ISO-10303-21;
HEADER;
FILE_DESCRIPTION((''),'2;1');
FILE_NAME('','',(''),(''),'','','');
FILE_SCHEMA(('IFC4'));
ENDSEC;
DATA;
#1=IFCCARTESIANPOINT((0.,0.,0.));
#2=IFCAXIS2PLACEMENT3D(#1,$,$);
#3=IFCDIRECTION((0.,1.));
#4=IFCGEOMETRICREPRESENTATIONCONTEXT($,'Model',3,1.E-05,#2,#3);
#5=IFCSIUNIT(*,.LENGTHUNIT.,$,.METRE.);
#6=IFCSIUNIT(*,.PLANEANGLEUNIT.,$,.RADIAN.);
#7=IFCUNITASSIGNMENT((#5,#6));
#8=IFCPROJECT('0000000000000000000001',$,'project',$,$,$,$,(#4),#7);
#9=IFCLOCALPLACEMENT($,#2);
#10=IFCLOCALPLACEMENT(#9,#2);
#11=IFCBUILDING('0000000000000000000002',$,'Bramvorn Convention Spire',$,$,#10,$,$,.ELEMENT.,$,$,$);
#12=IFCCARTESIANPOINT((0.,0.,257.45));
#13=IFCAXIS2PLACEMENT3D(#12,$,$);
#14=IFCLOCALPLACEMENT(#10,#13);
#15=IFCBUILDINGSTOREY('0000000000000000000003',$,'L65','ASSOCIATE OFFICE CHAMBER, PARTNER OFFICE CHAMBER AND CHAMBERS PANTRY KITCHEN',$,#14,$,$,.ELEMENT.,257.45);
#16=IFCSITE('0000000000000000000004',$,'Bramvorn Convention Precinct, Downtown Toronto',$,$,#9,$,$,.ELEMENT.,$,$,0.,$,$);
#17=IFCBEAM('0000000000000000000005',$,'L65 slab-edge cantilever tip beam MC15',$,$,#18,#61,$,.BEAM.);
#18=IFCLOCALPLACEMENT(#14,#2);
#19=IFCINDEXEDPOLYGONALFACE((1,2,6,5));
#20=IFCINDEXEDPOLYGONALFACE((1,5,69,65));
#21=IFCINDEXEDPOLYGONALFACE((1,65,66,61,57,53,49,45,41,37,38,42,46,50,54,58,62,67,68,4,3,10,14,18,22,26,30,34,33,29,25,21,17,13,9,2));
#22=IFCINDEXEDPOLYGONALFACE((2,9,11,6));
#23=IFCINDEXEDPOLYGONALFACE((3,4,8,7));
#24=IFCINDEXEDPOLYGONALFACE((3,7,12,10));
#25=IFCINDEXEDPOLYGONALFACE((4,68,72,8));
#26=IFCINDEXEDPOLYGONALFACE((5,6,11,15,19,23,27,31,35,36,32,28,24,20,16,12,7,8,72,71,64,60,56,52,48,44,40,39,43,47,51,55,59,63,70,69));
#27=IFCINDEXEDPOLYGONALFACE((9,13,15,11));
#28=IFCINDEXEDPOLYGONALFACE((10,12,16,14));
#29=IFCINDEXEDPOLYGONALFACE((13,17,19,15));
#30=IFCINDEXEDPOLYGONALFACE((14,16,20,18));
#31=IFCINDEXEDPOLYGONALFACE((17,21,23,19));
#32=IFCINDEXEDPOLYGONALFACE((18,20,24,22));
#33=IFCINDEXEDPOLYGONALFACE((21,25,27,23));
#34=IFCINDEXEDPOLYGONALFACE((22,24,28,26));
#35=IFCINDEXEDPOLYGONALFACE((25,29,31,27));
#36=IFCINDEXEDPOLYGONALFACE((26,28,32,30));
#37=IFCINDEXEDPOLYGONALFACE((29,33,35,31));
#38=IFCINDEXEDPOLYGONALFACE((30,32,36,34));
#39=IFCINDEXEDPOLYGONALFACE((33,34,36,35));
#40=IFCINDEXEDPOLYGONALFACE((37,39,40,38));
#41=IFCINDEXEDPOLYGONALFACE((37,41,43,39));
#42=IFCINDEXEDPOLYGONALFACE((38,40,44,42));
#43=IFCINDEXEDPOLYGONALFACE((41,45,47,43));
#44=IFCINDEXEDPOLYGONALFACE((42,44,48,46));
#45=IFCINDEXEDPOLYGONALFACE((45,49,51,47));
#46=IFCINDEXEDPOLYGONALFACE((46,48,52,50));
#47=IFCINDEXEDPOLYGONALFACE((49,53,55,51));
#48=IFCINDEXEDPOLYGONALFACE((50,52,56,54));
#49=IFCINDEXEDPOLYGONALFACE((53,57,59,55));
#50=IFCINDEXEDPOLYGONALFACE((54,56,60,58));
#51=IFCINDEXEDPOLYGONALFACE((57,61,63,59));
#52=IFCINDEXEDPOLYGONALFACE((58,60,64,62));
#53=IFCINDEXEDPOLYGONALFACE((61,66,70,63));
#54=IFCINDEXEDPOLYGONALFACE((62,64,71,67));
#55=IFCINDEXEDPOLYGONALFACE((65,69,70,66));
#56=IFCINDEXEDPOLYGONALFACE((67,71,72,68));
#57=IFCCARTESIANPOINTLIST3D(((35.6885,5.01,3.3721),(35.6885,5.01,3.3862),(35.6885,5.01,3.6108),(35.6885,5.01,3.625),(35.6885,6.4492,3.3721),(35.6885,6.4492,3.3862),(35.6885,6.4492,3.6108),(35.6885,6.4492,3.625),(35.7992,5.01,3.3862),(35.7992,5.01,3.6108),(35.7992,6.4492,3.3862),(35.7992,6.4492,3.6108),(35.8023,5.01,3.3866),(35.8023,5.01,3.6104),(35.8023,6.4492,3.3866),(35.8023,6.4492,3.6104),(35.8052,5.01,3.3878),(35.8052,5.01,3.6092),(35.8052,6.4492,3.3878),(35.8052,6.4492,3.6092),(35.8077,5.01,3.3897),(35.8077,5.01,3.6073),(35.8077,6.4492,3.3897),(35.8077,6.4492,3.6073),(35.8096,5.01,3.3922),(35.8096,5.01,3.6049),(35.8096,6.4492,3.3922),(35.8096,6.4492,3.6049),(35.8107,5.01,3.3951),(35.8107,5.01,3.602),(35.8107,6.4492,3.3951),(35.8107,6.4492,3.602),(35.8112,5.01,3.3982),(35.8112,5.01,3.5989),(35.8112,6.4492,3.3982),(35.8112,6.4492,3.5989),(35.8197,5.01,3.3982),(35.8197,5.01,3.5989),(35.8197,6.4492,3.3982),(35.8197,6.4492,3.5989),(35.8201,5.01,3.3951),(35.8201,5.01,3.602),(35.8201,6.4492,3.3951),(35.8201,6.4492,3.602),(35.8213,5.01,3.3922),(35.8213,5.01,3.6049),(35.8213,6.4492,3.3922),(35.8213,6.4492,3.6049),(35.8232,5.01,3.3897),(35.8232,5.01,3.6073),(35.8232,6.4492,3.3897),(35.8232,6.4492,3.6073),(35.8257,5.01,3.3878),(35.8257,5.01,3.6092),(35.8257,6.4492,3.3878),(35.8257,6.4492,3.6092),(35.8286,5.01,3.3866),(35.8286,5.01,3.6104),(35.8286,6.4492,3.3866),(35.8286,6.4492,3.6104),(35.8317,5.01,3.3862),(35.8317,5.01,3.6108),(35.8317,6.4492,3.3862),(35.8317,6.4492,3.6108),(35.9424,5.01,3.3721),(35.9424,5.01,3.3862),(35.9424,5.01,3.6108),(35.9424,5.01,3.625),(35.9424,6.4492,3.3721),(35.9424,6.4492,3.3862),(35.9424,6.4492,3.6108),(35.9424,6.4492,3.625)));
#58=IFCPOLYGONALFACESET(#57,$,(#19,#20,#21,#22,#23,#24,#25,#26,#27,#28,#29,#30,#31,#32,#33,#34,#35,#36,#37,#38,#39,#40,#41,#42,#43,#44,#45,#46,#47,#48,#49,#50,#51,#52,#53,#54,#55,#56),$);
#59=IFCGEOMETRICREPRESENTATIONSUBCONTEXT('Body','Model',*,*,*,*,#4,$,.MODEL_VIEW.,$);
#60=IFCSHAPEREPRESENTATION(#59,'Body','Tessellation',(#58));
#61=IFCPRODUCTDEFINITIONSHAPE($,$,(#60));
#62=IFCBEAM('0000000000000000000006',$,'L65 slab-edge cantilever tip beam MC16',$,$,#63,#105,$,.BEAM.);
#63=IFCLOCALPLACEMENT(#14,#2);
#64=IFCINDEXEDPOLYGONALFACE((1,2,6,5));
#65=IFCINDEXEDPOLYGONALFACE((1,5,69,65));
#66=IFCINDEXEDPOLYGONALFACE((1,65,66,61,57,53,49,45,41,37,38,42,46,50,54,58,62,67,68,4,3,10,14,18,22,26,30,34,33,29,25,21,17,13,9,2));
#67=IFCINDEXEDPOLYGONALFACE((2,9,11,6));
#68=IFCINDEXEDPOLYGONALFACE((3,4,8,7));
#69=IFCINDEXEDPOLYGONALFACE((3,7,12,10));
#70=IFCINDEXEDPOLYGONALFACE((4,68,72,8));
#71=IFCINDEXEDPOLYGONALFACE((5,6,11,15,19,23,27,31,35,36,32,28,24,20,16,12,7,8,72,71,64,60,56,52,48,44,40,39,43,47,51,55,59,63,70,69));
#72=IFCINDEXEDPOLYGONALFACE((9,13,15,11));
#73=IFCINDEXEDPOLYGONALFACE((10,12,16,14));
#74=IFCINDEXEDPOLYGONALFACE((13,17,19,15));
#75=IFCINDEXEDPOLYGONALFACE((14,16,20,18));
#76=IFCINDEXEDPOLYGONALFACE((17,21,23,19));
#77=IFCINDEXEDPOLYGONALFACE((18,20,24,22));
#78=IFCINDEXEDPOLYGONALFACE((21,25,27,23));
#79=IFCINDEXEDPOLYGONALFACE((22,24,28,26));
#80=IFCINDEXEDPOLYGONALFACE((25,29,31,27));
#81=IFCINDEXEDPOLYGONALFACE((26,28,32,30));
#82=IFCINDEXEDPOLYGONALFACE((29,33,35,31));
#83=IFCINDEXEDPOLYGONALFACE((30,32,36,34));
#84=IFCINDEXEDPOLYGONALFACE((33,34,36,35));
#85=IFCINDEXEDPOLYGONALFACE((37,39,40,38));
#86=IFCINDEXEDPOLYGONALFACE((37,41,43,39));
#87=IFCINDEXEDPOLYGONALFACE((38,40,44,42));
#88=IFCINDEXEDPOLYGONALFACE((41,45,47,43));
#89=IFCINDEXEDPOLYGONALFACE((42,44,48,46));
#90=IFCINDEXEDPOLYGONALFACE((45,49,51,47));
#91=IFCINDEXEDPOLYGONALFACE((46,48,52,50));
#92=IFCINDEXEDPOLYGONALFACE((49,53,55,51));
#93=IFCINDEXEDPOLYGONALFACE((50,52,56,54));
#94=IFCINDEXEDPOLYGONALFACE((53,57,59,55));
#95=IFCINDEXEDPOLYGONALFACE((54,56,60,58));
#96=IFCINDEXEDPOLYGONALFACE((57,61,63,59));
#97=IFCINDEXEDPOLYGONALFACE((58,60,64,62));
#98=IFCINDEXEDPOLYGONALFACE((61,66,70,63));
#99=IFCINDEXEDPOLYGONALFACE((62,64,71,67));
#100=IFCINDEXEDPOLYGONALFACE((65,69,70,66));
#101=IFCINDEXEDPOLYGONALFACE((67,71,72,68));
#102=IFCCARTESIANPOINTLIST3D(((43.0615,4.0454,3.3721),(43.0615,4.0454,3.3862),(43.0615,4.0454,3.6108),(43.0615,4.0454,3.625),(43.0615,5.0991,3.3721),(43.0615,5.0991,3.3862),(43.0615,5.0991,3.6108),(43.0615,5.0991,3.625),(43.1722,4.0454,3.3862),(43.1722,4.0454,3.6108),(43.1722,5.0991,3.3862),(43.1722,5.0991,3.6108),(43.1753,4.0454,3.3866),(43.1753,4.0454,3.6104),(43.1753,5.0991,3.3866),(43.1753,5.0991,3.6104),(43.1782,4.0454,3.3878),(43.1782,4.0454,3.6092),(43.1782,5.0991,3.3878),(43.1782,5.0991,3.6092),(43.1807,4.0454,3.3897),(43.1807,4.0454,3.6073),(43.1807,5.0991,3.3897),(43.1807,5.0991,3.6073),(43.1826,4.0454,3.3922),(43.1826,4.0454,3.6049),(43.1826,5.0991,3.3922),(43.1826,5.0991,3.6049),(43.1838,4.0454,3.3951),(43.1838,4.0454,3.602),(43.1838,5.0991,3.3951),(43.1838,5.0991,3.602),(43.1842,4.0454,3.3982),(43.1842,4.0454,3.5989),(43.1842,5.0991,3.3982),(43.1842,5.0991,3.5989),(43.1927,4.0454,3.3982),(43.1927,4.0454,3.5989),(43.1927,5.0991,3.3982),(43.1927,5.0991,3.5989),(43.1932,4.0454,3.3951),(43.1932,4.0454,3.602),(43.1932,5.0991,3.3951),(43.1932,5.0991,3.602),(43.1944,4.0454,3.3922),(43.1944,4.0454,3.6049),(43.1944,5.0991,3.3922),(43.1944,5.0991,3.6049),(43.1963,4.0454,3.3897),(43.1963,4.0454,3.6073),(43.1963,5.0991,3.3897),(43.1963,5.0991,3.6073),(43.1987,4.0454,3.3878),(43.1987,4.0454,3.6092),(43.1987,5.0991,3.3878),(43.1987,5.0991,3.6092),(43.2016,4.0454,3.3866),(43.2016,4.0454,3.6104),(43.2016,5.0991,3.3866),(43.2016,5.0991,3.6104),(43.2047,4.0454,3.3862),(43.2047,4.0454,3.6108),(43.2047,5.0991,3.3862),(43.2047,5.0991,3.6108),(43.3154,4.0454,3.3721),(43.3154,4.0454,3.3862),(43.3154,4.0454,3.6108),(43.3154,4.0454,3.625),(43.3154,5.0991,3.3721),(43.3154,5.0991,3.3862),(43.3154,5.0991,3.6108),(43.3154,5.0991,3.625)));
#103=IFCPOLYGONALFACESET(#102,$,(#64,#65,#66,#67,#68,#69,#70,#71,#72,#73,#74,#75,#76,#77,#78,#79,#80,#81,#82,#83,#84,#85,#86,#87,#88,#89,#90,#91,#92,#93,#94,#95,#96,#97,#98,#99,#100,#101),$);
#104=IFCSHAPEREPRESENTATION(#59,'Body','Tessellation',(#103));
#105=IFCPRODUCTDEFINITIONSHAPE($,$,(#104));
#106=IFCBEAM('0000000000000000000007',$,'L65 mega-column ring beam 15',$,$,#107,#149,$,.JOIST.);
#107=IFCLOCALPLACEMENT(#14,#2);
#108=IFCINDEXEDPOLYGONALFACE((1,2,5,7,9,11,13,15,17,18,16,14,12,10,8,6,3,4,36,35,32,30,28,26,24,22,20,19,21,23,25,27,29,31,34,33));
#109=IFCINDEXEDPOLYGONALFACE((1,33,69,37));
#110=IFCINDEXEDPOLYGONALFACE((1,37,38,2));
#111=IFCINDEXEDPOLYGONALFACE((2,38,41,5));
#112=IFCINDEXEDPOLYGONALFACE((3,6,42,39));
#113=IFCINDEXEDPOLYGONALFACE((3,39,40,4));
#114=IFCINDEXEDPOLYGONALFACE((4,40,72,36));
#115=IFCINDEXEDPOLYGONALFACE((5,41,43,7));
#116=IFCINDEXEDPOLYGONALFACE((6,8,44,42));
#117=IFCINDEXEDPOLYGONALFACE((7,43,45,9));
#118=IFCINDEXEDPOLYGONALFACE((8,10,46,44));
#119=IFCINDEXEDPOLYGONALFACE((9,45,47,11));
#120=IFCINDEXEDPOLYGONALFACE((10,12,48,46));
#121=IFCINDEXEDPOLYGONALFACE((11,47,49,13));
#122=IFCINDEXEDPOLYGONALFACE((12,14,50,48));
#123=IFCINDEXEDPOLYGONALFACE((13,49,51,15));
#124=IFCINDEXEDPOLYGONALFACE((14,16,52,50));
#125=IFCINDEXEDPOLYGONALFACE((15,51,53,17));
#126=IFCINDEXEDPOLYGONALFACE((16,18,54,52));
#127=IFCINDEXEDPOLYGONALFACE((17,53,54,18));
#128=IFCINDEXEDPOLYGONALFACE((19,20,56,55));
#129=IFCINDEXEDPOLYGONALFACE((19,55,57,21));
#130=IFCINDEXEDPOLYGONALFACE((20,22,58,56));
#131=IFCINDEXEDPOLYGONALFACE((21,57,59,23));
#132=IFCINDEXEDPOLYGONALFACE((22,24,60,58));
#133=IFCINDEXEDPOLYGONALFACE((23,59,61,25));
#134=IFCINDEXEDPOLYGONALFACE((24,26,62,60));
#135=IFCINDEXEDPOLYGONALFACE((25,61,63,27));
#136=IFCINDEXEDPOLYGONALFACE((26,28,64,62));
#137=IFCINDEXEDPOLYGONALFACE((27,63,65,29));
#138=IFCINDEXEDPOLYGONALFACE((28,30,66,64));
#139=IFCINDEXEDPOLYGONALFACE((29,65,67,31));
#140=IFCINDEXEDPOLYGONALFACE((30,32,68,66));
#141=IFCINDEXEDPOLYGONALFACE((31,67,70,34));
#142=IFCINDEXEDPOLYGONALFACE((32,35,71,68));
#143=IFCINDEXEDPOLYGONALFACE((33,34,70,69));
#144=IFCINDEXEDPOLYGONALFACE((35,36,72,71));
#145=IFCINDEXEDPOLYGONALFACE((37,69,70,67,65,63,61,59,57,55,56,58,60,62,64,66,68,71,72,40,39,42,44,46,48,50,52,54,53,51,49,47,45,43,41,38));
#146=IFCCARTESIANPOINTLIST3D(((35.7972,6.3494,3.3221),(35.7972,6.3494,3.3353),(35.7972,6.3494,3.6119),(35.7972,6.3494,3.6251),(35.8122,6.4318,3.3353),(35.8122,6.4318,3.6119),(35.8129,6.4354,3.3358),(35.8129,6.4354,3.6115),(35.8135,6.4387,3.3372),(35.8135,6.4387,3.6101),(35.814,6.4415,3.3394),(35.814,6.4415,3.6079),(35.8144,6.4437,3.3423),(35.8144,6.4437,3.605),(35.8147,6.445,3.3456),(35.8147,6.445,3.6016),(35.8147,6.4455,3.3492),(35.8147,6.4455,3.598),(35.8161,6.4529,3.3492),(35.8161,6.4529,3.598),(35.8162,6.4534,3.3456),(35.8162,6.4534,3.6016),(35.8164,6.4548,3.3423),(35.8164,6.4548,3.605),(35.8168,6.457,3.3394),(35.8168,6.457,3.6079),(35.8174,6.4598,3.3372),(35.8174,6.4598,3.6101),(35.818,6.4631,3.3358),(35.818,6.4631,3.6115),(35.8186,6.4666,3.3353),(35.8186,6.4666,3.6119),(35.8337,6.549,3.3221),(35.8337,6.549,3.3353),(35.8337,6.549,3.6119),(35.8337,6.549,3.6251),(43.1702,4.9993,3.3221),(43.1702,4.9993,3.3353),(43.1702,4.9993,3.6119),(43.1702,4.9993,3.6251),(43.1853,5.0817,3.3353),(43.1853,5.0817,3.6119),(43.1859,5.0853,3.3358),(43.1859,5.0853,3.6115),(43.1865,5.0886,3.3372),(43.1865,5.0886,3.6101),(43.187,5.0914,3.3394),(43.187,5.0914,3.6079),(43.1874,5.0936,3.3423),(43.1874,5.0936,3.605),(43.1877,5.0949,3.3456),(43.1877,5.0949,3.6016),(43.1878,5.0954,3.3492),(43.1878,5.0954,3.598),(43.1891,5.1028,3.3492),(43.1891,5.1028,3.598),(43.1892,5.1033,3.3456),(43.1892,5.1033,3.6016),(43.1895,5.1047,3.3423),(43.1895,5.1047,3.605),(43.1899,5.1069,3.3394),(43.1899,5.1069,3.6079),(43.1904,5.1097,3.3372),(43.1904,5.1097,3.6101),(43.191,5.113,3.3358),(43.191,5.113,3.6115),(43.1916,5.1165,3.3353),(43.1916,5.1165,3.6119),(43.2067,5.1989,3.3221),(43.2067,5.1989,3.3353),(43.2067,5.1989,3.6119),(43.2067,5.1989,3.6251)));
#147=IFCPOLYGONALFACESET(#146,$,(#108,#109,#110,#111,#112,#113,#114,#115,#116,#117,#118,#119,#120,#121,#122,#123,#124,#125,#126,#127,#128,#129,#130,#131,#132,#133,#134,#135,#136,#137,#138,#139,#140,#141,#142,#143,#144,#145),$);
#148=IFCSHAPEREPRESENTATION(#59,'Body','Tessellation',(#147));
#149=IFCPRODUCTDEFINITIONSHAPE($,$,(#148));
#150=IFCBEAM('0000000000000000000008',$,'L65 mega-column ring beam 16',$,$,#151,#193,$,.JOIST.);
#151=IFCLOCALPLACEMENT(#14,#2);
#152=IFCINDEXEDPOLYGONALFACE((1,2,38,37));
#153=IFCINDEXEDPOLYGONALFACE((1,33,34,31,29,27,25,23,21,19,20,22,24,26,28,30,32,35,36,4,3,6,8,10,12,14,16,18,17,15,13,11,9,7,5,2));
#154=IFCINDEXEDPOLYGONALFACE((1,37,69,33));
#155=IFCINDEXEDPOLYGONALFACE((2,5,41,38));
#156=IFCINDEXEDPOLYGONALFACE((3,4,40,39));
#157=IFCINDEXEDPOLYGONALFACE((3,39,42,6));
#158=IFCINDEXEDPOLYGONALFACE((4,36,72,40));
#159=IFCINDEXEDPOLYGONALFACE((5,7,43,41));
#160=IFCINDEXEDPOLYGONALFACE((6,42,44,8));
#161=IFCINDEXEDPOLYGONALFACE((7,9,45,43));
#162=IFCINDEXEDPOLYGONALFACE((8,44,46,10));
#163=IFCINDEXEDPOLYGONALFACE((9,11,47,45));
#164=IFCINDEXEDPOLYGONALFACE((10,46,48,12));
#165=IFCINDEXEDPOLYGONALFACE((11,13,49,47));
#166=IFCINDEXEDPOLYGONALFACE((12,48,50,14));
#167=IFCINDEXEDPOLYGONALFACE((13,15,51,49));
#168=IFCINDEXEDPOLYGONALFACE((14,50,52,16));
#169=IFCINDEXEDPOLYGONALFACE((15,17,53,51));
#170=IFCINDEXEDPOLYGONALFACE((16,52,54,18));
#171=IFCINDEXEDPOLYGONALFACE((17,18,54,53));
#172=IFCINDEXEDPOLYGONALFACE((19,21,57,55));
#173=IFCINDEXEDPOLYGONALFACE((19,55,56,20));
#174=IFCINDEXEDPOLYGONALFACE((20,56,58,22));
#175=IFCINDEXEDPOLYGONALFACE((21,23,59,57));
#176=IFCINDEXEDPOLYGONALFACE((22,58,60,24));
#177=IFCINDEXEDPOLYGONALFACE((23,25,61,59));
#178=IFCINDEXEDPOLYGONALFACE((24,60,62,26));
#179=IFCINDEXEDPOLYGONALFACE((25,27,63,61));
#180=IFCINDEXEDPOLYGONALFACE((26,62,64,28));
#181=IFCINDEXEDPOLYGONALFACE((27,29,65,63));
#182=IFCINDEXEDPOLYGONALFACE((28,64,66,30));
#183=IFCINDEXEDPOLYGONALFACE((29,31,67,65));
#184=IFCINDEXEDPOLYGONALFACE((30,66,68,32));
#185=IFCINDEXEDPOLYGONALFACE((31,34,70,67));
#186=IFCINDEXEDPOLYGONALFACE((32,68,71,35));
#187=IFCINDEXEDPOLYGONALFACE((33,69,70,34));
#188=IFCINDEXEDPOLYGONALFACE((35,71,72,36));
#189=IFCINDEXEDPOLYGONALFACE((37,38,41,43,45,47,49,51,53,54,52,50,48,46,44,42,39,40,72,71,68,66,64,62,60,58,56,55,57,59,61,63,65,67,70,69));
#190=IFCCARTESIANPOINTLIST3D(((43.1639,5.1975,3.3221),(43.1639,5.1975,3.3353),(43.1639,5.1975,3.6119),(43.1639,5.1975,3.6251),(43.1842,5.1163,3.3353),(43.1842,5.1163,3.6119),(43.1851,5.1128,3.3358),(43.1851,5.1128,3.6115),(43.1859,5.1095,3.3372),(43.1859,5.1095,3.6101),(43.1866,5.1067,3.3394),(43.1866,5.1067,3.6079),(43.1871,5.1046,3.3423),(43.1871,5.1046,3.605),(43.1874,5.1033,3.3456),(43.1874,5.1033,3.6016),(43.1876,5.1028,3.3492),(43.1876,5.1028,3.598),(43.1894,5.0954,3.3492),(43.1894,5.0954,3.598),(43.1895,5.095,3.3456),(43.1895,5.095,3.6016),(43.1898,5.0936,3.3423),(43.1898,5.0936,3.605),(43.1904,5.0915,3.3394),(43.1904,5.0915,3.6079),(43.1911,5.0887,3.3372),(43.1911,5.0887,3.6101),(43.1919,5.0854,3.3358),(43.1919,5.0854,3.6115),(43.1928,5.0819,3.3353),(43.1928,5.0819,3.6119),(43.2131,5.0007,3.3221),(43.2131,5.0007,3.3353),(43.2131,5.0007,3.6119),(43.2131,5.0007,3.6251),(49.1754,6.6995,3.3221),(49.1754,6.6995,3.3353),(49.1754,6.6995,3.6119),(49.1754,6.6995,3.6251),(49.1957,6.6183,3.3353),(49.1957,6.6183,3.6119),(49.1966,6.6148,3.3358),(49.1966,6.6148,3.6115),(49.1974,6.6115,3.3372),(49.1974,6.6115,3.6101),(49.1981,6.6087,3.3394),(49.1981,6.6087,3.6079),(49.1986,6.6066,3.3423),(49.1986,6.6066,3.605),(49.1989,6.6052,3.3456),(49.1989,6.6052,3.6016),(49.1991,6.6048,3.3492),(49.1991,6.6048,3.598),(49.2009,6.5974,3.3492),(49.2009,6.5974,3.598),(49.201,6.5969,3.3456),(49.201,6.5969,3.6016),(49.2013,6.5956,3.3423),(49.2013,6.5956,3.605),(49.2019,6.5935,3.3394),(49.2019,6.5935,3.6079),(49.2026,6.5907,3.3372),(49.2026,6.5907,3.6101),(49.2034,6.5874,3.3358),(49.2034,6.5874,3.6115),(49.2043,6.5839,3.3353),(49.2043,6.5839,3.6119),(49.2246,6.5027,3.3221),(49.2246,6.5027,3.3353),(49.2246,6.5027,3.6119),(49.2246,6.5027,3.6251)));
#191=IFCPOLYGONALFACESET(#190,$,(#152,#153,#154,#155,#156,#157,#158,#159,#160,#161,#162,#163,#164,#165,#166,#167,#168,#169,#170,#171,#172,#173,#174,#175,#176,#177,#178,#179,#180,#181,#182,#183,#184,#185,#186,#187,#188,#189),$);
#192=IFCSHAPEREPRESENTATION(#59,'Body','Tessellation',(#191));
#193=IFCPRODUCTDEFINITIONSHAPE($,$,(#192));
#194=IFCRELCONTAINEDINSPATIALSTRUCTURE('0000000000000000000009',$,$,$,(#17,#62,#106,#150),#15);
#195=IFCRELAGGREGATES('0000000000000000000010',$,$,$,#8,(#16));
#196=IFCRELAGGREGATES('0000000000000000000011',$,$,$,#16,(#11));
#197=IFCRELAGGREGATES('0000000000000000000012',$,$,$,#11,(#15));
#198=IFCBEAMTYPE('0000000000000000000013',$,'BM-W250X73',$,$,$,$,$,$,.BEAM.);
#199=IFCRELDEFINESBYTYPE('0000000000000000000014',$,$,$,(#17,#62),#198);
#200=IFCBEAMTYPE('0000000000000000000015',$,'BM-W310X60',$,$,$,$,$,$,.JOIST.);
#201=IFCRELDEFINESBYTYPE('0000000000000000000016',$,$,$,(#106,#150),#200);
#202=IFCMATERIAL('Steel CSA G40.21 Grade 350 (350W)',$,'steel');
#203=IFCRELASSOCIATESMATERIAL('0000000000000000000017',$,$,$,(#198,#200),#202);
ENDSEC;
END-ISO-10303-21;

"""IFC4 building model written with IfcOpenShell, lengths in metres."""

from ifc_helpers import new_model, si_unit, direction, frame, origin, origin_2d, place, context, subcontext, project, spatial, i_section, extrude, material, material_profile, profile_set, type_object, element, save


model = new_model("IFC4")

# Units and contexts
model_context = context("Model", 3, precision=1e-05, world=origin(), true_north=direction((0.0, 1.0)))
body_context = subcontext(model_context, "Body", "Model", "MODEL_VIEW")
ifc_project = project(units=[si_unit("LENGTHUNIT", "METRE"), si_unit("PLANEANGLEUNIT", "RADIAN")], contexts=[model_context])

# Site, building, storey
site_placement = place(None, origin())
site = spatial("IfcSite", under=ifc_project, at=site_placement, Name="Bramvorn Convention Precinct, Downtown Toronto", CompositionType="ELEMENT", RefElevation=0.0)
building_placement = place(site_placement, origin())
building = spatial("IfcBuilding", under=site, at=building_placement, Name="Bramvorn Convention Spire", CompositionType="ELEMENT")
storey_placement = place(building_placement, frame((0.0, 0.0, 257.45)))
storey = spatial("IfcBuildingStorey", under=building, at=storey_placement, Name="L65", Description="ASSOCIATE OFFICE CHAMBER, PARTNER OFFICE CHAMBER AND CHAMBERS PANTRY KITCHEN", CompositionType="ELEMENT", Elevation=257.45)

# Shared definitions
ifc_material_1 = material(Name="Steel CSA G40.21 Grade 350 (350W)", Category="steel")

# Beams
ifc_material_profile_1 = material_profile(ifc_material_1, i_section(OverallWidth=0.2539, OverallDepth=0.2529, WebThickness=0.0085, FlangeThickness=0.0142, FilletRadius=0.012, at=origin_2d()))
ifc_profile_set_1 = profile_set([ifc_material_profile_1], Name="Steel CSA G40.21 Grade 350 (350W) - W250X73")
beam_type_1 = type_object("IfcBeamType", Name="BM-W250X73", PredefinedType="BEAM", material=ifc_profile_set_1)
beam_1_placement = place(storey_placement, frame((35.8154, 6.4492, 3.4985), z_axis=(0.0, -1.0, 0.0), x_axis=(1.0, 0.0, 0.0)))
element("IfcBeam", 1, at=beam_1_placement, inside=storey, type_object=beam_type_1, Name="L65 slab-edge cantilever tip beam MC15", PredefinedType="BEAM", context=body_context, shape_type="SweptSolid", body=[
    extrude(i_section(OverallWidth=0.2539, OverallDepth=0.2529, WebThickness=0.0085, FlangeThickness=0.0142, FilletRadius=0.012, at=origin_2d()), origin(), (0.0, 0.0, 1.0), 1.4392),
])
beam_2_placement = place(storey_placement, frame((43.1885, 5.0991, 3.4985), z_axis=(0.0, -1.0, 0.0), x_axis=(1.0, 0.0, 0.0)))
element("IfcBeam", 2, at=beam_2_placement, inside=storey, type_object=beam_type_1, Name="L65 slab-edge cantilever tip beam MC16", PredefinedType="BEAM", context=body_context, shape_type="SweptSolid", body=[
    extrude(i_section(OverallWidth=0.2539, OverallDepth=0.2529, WebThickness=0.0085, FlangeThickness=0.0142, FilletRadius=0.012, at=origin_2d()), origin(), (0.0, 0.0, 1.0), 1.0537),
])
ifc_material_profile_2 = material_profile(ifc_material_1, i_section(OverallWidth=0.2029, OverallDepth=0.303, WebThickness=0.0076, FlangeThickness=0.0132, FilletRadius=0.0139, at=origin_2d()))
ifc_profile_set_2 = profile_set([ifc_material_profile_2], Name="Steel CSA G40.21 Grade 350 (350W) - W310X60")
beam_type_2 = type_object("IfcBeamType", Name="BM-W310X60", PredefinedType="JOIST", material=ifc_profile_set_2)
beam_3_placement = place(storey_placement, frame((35.8154, 6.4492, 3.4736), z_axis=(0.983645, -0.180118, 0.0), x_axis=(0.180118, 0.983645, 0.0)))
element("IfcBeam", 3, at=beam_3_placement, inside=storey, type_object=beam_type_2, Name="L65 mega-column ring beam 15", PredefinedType="JOIST", context=body_context, shape_type="SweptSolid", body=[
    extrude(i_section(OverallWidth=0.2029, OverallDepth=0.303, WebThickness=0.0076, FlangeThickness=0.0132, FilletRadius=0.0139, at=origin_2d()), origin(), (0.0, 0.0, 1.0), 7.4956),
])
beam_4_placement = place(storey_placement, frame((43.1885, 5.0991, 3.4736), z_axis=(0.970177, 0.242397, 0.0), x_axis=(-0.242397, 0.970177, 0.0)))
element("IfcBeam", 4, at=beam_4_placement, inside=storey, type_object=beam_type_2, Name="L65 mega-column ring beam 16", PredefinedType="JOIST", context=body_context, shape_type="SweptSolid", body=[
    extrude(i_section(OverallWidth=0.2029, OverallDepth=0.303, WebThickness=0.0076, FlangeThickness=0.0132, FilletRadius=0.0139, at=origin_2d()), origin(), (0.0, 0.0, 1.0), 6.1963),
])

save(model, "model.ifc")
